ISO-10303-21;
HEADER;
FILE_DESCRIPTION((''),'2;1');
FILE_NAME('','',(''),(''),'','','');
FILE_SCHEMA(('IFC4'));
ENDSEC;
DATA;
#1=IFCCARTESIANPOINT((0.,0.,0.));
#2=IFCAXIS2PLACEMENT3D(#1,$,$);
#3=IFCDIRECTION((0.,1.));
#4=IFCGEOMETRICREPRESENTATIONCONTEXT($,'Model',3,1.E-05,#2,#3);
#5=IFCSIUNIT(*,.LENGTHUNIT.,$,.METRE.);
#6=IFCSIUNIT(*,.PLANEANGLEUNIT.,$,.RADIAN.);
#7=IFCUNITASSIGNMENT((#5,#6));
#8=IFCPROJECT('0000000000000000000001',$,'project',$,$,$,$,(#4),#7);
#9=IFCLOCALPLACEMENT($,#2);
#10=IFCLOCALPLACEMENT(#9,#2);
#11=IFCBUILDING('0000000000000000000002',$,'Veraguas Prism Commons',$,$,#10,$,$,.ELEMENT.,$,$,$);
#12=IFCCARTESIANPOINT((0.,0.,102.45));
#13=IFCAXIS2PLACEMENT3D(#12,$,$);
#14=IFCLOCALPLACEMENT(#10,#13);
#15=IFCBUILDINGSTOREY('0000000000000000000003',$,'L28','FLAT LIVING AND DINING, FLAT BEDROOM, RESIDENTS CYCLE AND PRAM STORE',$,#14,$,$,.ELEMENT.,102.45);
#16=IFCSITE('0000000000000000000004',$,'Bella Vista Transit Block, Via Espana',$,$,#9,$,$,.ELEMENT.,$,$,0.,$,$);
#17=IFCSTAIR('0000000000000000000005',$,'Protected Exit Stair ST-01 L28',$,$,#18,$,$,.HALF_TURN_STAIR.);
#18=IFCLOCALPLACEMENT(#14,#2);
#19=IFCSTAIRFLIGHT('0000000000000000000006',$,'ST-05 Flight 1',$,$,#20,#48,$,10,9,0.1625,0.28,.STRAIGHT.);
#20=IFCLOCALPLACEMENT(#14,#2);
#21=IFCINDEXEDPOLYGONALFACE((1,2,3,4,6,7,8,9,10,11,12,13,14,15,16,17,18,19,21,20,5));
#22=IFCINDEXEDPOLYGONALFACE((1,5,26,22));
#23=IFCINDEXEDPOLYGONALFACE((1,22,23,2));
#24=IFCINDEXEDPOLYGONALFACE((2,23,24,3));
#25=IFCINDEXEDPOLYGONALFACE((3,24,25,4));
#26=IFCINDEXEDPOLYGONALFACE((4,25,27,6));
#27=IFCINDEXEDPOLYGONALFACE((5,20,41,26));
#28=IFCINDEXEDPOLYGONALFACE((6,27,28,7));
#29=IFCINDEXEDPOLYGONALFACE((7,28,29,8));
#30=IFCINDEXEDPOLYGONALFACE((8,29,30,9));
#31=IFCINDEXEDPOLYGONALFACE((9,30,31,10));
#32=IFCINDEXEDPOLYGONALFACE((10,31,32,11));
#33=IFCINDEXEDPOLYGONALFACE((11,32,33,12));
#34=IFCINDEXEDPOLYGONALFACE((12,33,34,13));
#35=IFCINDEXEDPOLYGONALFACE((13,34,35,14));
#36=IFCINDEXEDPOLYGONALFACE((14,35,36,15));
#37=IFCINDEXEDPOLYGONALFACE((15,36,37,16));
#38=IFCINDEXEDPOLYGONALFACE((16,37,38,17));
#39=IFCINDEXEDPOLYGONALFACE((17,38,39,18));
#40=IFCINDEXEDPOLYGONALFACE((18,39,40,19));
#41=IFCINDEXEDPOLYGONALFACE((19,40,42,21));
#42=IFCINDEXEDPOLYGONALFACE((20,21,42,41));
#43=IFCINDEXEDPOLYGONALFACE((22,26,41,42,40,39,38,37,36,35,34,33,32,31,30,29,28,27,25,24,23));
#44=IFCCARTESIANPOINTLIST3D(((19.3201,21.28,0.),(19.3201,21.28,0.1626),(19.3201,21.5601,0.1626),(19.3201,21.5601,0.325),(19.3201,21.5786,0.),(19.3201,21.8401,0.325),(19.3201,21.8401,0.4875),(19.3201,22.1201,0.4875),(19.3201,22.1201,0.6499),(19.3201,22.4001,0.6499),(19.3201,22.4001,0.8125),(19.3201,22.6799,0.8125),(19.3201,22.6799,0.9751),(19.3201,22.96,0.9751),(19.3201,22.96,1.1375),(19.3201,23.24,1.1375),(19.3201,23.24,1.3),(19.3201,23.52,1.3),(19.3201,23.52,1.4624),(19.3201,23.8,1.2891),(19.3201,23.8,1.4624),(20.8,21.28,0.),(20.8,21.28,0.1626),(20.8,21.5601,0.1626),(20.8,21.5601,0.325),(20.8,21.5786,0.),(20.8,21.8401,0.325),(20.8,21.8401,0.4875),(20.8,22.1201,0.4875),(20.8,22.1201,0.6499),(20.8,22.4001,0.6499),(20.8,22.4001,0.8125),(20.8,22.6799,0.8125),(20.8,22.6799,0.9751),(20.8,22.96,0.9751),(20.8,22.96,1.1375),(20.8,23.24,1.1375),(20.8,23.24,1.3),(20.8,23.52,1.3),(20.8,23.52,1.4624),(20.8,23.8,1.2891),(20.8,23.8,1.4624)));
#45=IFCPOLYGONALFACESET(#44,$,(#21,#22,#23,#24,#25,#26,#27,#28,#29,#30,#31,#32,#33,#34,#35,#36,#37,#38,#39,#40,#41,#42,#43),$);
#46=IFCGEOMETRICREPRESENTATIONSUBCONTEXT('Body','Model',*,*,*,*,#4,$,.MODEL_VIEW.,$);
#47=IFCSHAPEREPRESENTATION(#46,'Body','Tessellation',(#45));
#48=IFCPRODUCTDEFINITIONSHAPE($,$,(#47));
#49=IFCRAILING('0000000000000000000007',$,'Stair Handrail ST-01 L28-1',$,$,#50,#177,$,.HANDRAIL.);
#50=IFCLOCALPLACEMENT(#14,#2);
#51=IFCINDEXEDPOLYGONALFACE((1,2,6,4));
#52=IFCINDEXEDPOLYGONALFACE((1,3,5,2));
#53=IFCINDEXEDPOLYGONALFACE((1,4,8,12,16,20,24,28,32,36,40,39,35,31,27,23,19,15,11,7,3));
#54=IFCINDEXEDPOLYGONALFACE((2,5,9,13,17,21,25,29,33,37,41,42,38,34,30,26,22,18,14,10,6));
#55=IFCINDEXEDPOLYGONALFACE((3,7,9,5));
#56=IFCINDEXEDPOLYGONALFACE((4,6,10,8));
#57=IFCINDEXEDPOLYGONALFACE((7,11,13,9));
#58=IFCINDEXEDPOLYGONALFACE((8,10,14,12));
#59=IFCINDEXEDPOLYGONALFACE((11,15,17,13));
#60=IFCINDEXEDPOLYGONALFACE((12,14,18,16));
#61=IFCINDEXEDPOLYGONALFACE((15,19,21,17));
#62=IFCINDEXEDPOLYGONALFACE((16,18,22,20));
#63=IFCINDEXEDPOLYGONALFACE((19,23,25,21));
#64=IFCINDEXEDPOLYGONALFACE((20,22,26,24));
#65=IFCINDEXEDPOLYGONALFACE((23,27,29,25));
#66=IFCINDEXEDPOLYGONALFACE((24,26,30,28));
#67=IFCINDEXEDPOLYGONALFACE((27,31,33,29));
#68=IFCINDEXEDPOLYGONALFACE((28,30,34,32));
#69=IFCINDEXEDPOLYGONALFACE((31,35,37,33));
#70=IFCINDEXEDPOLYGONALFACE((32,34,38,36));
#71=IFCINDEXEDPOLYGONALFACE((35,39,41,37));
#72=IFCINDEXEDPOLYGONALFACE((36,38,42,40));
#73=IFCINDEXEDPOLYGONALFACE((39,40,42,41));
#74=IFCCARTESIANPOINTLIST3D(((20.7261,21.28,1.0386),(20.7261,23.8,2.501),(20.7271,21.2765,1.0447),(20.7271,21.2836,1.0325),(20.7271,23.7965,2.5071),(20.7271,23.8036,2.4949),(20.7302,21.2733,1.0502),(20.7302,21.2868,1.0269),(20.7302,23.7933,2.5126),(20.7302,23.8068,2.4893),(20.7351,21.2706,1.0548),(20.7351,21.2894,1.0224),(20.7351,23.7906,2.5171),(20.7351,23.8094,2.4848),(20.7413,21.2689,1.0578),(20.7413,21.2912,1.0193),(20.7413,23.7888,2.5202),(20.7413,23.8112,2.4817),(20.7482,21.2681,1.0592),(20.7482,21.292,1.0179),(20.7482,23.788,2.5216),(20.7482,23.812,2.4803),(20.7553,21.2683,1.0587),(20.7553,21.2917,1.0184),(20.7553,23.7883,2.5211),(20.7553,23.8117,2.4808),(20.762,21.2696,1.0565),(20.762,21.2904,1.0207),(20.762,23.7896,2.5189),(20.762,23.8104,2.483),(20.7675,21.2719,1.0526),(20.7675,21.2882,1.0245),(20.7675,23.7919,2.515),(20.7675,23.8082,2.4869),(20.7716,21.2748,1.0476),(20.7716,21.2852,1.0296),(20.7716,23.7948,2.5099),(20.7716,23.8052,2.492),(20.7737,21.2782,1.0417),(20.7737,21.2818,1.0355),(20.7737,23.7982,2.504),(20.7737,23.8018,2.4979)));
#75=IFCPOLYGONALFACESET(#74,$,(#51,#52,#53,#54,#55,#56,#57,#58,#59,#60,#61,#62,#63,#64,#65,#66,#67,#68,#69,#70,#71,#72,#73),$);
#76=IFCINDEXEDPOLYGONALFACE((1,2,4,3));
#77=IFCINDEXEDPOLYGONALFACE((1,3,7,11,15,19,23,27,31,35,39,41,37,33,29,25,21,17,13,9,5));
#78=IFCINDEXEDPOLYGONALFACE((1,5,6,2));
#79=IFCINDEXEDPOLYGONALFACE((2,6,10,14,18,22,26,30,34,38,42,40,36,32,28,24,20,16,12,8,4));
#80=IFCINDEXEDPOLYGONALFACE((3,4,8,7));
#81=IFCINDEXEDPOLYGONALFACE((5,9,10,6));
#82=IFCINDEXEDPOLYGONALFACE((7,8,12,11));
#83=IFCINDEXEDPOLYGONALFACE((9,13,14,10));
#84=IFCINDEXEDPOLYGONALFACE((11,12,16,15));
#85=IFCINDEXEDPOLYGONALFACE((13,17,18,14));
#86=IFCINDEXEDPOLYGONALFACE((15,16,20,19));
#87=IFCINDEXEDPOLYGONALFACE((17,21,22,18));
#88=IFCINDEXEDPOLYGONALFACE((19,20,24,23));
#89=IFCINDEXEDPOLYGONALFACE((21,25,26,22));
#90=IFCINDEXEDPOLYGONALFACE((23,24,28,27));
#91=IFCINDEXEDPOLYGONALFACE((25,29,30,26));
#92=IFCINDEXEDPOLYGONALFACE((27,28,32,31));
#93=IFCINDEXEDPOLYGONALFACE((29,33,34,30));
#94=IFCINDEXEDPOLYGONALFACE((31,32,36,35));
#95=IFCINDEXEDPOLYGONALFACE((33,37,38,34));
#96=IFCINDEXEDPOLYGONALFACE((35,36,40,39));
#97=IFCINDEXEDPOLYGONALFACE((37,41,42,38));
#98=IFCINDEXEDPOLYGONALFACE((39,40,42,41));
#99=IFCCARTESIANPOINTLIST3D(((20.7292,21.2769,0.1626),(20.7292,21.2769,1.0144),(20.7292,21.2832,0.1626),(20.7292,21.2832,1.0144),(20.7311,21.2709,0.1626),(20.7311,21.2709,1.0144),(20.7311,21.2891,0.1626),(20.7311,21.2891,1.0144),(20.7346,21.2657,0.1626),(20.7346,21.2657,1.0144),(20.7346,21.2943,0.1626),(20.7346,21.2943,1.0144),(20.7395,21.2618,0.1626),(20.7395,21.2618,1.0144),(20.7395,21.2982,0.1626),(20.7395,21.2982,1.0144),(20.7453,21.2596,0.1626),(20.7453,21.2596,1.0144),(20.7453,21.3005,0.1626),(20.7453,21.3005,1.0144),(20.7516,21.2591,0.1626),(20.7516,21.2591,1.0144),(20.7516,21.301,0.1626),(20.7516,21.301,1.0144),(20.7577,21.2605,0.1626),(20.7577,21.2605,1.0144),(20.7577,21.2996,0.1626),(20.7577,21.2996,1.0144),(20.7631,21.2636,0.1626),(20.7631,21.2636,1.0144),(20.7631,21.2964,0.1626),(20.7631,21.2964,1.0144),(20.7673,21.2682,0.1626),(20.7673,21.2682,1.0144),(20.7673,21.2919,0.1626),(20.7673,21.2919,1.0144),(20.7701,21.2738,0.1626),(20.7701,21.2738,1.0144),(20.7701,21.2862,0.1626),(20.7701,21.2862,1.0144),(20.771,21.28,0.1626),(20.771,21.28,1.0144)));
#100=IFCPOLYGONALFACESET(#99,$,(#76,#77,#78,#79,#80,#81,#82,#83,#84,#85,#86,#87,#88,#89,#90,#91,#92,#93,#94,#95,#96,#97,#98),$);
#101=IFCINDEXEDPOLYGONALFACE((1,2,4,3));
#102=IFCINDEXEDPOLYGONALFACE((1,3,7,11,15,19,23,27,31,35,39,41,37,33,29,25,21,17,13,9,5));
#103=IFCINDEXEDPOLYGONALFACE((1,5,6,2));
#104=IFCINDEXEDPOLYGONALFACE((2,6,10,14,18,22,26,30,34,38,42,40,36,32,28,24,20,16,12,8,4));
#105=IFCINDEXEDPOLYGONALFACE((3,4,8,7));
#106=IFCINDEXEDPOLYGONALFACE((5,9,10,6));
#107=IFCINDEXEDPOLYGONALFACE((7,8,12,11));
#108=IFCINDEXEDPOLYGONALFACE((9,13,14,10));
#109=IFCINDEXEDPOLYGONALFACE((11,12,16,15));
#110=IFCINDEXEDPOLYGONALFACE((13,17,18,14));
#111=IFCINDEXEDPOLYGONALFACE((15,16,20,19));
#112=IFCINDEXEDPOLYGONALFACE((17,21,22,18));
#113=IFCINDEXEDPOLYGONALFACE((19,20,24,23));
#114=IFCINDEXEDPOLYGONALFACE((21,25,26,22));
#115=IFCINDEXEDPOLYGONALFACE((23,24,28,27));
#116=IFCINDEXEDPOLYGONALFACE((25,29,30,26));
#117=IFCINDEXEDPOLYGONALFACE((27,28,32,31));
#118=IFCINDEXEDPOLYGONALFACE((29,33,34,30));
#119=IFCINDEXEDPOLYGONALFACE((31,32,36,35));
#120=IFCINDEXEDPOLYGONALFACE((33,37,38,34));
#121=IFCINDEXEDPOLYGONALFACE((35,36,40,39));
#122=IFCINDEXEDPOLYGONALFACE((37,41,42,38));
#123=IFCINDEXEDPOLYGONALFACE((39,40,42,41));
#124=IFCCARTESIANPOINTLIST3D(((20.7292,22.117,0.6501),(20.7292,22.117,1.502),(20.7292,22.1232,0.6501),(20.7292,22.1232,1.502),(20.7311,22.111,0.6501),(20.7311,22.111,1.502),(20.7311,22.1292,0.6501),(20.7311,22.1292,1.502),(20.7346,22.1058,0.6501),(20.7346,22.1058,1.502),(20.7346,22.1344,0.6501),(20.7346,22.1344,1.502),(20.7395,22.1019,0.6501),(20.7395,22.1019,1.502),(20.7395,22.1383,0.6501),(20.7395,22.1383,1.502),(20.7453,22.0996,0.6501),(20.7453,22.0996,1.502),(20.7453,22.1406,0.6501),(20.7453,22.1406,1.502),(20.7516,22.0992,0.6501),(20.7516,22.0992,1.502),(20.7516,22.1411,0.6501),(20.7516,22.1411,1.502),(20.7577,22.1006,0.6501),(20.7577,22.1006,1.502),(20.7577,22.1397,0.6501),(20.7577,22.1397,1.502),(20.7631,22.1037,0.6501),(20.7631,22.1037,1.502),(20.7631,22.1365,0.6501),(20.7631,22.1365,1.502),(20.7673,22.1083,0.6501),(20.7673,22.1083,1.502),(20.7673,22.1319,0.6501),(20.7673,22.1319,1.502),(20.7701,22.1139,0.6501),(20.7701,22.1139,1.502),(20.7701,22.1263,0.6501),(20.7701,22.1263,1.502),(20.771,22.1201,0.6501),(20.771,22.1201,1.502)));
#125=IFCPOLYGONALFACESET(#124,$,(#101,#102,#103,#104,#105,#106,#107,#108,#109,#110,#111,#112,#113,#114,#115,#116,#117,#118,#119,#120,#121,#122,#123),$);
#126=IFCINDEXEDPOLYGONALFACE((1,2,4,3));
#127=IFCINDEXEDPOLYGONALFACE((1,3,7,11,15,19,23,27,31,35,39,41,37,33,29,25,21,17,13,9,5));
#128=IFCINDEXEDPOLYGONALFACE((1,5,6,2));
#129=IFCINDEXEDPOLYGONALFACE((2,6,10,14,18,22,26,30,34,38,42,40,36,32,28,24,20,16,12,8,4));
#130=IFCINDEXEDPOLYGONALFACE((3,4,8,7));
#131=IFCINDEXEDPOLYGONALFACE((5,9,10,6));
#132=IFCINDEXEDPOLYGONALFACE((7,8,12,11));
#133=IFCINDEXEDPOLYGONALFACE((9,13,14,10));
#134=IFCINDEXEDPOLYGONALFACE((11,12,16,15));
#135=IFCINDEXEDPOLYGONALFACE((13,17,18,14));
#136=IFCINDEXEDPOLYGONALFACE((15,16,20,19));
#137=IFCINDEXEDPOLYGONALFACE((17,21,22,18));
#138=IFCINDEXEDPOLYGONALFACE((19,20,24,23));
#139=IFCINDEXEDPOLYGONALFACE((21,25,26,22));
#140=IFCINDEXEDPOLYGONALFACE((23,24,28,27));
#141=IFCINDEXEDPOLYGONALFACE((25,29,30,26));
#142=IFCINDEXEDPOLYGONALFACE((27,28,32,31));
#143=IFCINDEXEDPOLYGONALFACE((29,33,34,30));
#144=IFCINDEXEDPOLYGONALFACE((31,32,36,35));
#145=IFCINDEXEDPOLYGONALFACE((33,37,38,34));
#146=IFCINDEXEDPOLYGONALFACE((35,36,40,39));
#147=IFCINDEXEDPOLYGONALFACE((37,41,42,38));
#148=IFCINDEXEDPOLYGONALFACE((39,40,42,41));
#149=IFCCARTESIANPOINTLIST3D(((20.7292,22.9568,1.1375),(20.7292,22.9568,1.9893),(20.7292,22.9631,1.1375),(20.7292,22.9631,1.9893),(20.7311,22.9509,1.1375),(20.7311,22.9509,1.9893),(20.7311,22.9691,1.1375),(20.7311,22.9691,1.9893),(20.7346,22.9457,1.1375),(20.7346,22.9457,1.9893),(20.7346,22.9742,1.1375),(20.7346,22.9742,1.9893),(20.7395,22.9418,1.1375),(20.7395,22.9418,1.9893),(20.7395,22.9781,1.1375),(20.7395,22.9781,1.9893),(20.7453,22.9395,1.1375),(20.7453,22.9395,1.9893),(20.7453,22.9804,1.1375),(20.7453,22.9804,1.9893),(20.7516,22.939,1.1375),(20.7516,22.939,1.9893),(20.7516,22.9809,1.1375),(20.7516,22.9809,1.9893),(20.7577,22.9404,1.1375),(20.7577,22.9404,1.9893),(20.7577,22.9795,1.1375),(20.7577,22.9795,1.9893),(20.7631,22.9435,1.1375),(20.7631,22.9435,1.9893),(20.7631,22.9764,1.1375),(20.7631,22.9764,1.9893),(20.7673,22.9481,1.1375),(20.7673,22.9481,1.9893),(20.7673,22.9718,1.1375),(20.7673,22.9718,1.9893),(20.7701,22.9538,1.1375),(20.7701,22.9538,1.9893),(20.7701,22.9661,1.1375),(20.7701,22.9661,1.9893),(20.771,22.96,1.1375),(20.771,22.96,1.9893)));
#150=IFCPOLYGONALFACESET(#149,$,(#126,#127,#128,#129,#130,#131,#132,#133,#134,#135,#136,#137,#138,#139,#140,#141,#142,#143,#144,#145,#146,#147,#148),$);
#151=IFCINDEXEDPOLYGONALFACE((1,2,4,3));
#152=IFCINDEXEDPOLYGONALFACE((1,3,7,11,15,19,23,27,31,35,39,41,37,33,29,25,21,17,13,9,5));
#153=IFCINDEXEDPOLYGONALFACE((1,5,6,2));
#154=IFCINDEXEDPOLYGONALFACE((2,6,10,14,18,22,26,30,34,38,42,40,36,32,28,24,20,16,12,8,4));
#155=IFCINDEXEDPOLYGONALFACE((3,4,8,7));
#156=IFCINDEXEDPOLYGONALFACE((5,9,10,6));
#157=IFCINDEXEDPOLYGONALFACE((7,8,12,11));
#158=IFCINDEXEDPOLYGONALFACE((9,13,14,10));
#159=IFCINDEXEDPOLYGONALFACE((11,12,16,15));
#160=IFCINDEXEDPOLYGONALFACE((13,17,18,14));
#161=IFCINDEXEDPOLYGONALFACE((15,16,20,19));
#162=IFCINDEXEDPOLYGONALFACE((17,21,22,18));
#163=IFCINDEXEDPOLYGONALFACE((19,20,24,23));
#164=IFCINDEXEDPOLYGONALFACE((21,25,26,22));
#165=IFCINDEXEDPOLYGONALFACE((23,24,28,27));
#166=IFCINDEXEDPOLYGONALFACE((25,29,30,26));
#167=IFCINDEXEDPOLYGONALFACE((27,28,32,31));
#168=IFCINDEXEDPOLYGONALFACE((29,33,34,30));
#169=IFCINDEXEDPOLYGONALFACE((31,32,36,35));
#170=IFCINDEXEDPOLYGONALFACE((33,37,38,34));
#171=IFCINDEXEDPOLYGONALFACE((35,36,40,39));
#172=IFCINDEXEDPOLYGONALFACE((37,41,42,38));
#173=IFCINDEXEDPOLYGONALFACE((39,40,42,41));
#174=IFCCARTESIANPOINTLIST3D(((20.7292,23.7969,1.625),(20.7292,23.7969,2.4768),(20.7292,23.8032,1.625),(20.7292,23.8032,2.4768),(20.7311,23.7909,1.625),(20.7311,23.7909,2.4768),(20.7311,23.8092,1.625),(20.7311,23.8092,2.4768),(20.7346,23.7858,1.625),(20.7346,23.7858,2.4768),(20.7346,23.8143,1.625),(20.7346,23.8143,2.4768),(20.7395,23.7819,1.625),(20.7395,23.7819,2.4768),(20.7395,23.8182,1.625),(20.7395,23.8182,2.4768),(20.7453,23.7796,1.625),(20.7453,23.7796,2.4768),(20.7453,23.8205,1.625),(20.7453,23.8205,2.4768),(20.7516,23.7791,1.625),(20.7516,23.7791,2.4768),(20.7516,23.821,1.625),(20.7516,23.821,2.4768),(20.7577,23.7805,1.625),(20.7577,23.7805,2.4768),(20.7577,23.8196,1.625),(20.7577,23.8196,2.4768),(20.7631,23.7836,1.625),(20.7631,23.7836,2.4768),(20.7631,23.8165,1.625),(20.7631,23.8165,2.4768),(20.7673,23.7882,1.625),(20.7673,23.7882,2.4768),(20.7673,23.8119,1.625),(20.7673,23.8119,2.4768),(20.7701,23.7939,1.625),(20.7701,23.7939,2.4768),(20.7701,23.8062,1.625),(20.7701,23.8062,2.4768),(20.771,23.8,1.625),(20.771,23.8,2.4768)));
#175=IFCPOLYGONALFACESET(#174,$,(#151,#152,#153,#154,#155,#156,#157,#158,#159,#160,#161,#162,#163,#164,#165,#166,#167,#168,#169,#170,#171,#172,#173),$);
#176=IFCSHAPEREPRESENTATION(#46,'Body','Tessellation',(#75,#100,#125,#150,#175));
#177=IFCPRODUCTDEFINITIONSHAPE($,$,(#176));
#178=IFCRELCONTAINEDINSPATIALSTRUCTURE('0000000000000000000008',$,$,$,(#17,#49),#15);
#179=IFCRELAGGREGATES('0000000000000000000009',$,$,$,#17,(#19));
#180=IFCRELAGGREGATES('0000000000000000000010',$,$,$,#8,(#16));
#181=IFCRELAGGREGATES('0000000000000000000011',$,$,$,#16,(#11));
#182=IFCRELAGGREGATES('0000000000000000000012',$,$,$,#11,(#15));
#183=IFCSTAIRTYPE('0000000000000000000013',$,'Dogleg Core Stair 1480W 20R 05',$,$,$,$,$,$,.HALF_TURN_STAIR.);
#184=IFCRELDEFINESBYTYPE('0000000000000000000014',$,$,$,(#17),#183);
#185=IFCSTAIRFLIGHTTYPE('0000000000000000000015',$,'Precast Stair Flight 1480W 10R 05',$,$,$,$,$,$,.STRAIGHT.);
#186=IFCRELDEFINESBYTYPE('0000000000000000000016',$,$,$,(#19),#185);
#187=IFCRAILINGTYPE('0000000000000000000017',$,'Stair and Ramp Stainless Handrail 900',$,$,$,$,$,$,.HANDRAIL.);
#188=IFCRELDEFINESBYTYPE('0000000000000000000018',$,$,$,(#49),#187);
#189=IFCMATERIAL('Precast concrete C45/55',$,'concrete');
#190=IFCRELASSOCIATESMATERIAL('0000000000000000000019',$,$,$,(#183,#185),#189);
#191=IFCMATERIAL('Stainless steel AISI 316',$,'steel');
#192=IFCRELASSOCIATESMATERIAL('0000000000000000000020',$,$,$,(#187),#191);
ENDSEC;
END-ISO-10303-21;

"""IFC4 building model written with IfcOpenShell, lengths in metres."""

from ifc_helpers import new_model, si_unit, direction, frame, origin, origin_2d, place, context, subcontext, project, spatial, polyline, circle, outline, extrude, material, type_object, element, aggregate, save


model = new_model("IFC4")

# Units and contexts
model_context = context("Model", 3, precision=1e-05, world=origin(), true_north=direction((0.0, 1.0)))
body_context = subcontext(model_context, "Body", "Model", "MODEL_VIEW")
ifc_project = project(units=[si_unit("LENGTHUNIT", "METRE"), si_unit("PLANEANGLEUNIT", "RADIAN")], contexts=[model_context])

# Site, building, storey
site_placement = place(None, origin())
site = spatial("IfcSite", under=ifc_project, at=site_placement, Name="Bella Vista Transit Block, Via Espana", CompositionType="ELEMENT", RefElevation=0.0)
building_placement = place(site_placement, origin())
building = spatial("IfcBuilding", under=site, at=building_placement, Name="Veraguas Prism Commons", CompositionType="ELEMENT")
storey_placement = place(building_placement, frame((0.0, 0.0, 102.45)))
storey = spatial("IfcBuildingStorey", under=building, at=storey_placement, Name="L28", Description="FLAT LIVING AND DINING, FLAT BEDROOM, RESIDENTS CYCLE AND PRAM STORE", CompositionType="ELEMENT", Elevation=102.45)

# Stair, stair flight
ifc_material_1 = material(Name="Precast concrete C45/55", Category="concrete")
stair_type = type_object("IfcStairType", Name="Dogleg Core Stair 1480W 20R 05", PredefinedType="HALF_TURN_STAIR", material=ifc_material_1)
stair_placement = place(storey_placement, origin())
stair = element("IfcStair", 1, at=stair_placement, inside=storey, type_object=stair_type, Name="Protected Exit Stair ST-01 L28", PredefinedType="HALF_TURN_STAIR")
stair_flight_type = type_object("IfcStairFlightType", Name="Precast Stair Flight 1480W 10R 05", PredefinedType="STRAIGHT", material=ifc_material_1)
stair_flight_placement = place(storey_placement, frame((20.0601, 21.28, 0.0), z_axis=(0.0, 0.0, 1.0), x_axis=(0.0, 1.0, 0.0)))
stair_flight = element("IfcStairFlight", 2, at=stair_flight_placement, type_object=stair_flight_type, Name="ST-05 Flight 1", NumberOfRisers=10, NumberOfTreads=9, PredefinedType="STRAIGHT", RiserHeight=0.1625, TreadLength=0.28, context=body_context, shape_type="SweptSolid", body=[
    extrude(outline(polyline([(0.0, 0.0), (0.0, 0.1626), (0.28, 0.1626), (0.28, 0.325), (0.5601, 0.325), (0.5601, 0.4875), (0.8401, 0.4875), (0.8401, 0.6499), (1.1201, 0.6499), (1.1201, 0.8125), (1.3999, 0.8125), (1.3999, 0.9751), (1.6799, 0.9751), (1.6799, 1.1375), (1.96, 1.1375), (1.96, 1.3), (2.24, 1.3), (2.24, 1.4624), (2.52, 1.4624), (2.52, 1.625), (2.52, 1.2891), (0.2986, 0.0), (0.0, 0.0)])), frame((0.0, 0.74, 0.0), z_axis=(0.0, -1.0, 0.0), x_axis=(1.0, 0.0, 0.0)), (0.0, 0.0, 1.0), 1.48),
])
aggregate(stair, [stair_flight])

# Railing
ifc_material_2 = material(Name="Stainless steel AISI 316", Category="steel")
railing_type_1 = type_object("IfcRailingType", Name="Stair and Ramp Stainless Handrail 900", PredefinedType="HANDRAIL", material=ifc_material_2)
railing_1_placement = place(storey_placement, frame((20.75, 21.28, 0.1626)))
element("IfcRailing", 3, at=railing_1_placement, inside=storey, type_object=railing_type_1, Name="Stair Handrail ST-01 L28-1", PredefinedType="HANDRAIL", context=body_context, shape_type="SweptSolid", body=[
    extrude(circle(Radius=0.0239, at=origin_2d()), frame((0.0, 0.0, 0.876), z_axis=(0.0, 0.864913, 0.501921), x_axis=(-1.0, 0.0, 0.0)), (0.0, 0.0, 1.0), 2.9136),
    extrude(circle(Radius=0.021, at=origin_2d()), origin(), (0.0, 0.0, 1.0), 0.8518),
    extrude(circle(Radius=0.021, at=origin_2d()), frame((0.0, 0.8401, 0.4875)), (0.0, 0.0, 1.0), 0.8518),
    extrude(circle(Radius=0.021, at=origin_2d()), frame((0.0, 1.6799, 0.9749)), (0.0, 0.0, 1.0), 0.8518),
    extrude(circle(Radius=0.021, at=origin_2d()), frame((0.0, 2.52, 1.4624)), (0.0, 0.0, 1.0), 0.8518),
])

save(model, "model.ifc")
